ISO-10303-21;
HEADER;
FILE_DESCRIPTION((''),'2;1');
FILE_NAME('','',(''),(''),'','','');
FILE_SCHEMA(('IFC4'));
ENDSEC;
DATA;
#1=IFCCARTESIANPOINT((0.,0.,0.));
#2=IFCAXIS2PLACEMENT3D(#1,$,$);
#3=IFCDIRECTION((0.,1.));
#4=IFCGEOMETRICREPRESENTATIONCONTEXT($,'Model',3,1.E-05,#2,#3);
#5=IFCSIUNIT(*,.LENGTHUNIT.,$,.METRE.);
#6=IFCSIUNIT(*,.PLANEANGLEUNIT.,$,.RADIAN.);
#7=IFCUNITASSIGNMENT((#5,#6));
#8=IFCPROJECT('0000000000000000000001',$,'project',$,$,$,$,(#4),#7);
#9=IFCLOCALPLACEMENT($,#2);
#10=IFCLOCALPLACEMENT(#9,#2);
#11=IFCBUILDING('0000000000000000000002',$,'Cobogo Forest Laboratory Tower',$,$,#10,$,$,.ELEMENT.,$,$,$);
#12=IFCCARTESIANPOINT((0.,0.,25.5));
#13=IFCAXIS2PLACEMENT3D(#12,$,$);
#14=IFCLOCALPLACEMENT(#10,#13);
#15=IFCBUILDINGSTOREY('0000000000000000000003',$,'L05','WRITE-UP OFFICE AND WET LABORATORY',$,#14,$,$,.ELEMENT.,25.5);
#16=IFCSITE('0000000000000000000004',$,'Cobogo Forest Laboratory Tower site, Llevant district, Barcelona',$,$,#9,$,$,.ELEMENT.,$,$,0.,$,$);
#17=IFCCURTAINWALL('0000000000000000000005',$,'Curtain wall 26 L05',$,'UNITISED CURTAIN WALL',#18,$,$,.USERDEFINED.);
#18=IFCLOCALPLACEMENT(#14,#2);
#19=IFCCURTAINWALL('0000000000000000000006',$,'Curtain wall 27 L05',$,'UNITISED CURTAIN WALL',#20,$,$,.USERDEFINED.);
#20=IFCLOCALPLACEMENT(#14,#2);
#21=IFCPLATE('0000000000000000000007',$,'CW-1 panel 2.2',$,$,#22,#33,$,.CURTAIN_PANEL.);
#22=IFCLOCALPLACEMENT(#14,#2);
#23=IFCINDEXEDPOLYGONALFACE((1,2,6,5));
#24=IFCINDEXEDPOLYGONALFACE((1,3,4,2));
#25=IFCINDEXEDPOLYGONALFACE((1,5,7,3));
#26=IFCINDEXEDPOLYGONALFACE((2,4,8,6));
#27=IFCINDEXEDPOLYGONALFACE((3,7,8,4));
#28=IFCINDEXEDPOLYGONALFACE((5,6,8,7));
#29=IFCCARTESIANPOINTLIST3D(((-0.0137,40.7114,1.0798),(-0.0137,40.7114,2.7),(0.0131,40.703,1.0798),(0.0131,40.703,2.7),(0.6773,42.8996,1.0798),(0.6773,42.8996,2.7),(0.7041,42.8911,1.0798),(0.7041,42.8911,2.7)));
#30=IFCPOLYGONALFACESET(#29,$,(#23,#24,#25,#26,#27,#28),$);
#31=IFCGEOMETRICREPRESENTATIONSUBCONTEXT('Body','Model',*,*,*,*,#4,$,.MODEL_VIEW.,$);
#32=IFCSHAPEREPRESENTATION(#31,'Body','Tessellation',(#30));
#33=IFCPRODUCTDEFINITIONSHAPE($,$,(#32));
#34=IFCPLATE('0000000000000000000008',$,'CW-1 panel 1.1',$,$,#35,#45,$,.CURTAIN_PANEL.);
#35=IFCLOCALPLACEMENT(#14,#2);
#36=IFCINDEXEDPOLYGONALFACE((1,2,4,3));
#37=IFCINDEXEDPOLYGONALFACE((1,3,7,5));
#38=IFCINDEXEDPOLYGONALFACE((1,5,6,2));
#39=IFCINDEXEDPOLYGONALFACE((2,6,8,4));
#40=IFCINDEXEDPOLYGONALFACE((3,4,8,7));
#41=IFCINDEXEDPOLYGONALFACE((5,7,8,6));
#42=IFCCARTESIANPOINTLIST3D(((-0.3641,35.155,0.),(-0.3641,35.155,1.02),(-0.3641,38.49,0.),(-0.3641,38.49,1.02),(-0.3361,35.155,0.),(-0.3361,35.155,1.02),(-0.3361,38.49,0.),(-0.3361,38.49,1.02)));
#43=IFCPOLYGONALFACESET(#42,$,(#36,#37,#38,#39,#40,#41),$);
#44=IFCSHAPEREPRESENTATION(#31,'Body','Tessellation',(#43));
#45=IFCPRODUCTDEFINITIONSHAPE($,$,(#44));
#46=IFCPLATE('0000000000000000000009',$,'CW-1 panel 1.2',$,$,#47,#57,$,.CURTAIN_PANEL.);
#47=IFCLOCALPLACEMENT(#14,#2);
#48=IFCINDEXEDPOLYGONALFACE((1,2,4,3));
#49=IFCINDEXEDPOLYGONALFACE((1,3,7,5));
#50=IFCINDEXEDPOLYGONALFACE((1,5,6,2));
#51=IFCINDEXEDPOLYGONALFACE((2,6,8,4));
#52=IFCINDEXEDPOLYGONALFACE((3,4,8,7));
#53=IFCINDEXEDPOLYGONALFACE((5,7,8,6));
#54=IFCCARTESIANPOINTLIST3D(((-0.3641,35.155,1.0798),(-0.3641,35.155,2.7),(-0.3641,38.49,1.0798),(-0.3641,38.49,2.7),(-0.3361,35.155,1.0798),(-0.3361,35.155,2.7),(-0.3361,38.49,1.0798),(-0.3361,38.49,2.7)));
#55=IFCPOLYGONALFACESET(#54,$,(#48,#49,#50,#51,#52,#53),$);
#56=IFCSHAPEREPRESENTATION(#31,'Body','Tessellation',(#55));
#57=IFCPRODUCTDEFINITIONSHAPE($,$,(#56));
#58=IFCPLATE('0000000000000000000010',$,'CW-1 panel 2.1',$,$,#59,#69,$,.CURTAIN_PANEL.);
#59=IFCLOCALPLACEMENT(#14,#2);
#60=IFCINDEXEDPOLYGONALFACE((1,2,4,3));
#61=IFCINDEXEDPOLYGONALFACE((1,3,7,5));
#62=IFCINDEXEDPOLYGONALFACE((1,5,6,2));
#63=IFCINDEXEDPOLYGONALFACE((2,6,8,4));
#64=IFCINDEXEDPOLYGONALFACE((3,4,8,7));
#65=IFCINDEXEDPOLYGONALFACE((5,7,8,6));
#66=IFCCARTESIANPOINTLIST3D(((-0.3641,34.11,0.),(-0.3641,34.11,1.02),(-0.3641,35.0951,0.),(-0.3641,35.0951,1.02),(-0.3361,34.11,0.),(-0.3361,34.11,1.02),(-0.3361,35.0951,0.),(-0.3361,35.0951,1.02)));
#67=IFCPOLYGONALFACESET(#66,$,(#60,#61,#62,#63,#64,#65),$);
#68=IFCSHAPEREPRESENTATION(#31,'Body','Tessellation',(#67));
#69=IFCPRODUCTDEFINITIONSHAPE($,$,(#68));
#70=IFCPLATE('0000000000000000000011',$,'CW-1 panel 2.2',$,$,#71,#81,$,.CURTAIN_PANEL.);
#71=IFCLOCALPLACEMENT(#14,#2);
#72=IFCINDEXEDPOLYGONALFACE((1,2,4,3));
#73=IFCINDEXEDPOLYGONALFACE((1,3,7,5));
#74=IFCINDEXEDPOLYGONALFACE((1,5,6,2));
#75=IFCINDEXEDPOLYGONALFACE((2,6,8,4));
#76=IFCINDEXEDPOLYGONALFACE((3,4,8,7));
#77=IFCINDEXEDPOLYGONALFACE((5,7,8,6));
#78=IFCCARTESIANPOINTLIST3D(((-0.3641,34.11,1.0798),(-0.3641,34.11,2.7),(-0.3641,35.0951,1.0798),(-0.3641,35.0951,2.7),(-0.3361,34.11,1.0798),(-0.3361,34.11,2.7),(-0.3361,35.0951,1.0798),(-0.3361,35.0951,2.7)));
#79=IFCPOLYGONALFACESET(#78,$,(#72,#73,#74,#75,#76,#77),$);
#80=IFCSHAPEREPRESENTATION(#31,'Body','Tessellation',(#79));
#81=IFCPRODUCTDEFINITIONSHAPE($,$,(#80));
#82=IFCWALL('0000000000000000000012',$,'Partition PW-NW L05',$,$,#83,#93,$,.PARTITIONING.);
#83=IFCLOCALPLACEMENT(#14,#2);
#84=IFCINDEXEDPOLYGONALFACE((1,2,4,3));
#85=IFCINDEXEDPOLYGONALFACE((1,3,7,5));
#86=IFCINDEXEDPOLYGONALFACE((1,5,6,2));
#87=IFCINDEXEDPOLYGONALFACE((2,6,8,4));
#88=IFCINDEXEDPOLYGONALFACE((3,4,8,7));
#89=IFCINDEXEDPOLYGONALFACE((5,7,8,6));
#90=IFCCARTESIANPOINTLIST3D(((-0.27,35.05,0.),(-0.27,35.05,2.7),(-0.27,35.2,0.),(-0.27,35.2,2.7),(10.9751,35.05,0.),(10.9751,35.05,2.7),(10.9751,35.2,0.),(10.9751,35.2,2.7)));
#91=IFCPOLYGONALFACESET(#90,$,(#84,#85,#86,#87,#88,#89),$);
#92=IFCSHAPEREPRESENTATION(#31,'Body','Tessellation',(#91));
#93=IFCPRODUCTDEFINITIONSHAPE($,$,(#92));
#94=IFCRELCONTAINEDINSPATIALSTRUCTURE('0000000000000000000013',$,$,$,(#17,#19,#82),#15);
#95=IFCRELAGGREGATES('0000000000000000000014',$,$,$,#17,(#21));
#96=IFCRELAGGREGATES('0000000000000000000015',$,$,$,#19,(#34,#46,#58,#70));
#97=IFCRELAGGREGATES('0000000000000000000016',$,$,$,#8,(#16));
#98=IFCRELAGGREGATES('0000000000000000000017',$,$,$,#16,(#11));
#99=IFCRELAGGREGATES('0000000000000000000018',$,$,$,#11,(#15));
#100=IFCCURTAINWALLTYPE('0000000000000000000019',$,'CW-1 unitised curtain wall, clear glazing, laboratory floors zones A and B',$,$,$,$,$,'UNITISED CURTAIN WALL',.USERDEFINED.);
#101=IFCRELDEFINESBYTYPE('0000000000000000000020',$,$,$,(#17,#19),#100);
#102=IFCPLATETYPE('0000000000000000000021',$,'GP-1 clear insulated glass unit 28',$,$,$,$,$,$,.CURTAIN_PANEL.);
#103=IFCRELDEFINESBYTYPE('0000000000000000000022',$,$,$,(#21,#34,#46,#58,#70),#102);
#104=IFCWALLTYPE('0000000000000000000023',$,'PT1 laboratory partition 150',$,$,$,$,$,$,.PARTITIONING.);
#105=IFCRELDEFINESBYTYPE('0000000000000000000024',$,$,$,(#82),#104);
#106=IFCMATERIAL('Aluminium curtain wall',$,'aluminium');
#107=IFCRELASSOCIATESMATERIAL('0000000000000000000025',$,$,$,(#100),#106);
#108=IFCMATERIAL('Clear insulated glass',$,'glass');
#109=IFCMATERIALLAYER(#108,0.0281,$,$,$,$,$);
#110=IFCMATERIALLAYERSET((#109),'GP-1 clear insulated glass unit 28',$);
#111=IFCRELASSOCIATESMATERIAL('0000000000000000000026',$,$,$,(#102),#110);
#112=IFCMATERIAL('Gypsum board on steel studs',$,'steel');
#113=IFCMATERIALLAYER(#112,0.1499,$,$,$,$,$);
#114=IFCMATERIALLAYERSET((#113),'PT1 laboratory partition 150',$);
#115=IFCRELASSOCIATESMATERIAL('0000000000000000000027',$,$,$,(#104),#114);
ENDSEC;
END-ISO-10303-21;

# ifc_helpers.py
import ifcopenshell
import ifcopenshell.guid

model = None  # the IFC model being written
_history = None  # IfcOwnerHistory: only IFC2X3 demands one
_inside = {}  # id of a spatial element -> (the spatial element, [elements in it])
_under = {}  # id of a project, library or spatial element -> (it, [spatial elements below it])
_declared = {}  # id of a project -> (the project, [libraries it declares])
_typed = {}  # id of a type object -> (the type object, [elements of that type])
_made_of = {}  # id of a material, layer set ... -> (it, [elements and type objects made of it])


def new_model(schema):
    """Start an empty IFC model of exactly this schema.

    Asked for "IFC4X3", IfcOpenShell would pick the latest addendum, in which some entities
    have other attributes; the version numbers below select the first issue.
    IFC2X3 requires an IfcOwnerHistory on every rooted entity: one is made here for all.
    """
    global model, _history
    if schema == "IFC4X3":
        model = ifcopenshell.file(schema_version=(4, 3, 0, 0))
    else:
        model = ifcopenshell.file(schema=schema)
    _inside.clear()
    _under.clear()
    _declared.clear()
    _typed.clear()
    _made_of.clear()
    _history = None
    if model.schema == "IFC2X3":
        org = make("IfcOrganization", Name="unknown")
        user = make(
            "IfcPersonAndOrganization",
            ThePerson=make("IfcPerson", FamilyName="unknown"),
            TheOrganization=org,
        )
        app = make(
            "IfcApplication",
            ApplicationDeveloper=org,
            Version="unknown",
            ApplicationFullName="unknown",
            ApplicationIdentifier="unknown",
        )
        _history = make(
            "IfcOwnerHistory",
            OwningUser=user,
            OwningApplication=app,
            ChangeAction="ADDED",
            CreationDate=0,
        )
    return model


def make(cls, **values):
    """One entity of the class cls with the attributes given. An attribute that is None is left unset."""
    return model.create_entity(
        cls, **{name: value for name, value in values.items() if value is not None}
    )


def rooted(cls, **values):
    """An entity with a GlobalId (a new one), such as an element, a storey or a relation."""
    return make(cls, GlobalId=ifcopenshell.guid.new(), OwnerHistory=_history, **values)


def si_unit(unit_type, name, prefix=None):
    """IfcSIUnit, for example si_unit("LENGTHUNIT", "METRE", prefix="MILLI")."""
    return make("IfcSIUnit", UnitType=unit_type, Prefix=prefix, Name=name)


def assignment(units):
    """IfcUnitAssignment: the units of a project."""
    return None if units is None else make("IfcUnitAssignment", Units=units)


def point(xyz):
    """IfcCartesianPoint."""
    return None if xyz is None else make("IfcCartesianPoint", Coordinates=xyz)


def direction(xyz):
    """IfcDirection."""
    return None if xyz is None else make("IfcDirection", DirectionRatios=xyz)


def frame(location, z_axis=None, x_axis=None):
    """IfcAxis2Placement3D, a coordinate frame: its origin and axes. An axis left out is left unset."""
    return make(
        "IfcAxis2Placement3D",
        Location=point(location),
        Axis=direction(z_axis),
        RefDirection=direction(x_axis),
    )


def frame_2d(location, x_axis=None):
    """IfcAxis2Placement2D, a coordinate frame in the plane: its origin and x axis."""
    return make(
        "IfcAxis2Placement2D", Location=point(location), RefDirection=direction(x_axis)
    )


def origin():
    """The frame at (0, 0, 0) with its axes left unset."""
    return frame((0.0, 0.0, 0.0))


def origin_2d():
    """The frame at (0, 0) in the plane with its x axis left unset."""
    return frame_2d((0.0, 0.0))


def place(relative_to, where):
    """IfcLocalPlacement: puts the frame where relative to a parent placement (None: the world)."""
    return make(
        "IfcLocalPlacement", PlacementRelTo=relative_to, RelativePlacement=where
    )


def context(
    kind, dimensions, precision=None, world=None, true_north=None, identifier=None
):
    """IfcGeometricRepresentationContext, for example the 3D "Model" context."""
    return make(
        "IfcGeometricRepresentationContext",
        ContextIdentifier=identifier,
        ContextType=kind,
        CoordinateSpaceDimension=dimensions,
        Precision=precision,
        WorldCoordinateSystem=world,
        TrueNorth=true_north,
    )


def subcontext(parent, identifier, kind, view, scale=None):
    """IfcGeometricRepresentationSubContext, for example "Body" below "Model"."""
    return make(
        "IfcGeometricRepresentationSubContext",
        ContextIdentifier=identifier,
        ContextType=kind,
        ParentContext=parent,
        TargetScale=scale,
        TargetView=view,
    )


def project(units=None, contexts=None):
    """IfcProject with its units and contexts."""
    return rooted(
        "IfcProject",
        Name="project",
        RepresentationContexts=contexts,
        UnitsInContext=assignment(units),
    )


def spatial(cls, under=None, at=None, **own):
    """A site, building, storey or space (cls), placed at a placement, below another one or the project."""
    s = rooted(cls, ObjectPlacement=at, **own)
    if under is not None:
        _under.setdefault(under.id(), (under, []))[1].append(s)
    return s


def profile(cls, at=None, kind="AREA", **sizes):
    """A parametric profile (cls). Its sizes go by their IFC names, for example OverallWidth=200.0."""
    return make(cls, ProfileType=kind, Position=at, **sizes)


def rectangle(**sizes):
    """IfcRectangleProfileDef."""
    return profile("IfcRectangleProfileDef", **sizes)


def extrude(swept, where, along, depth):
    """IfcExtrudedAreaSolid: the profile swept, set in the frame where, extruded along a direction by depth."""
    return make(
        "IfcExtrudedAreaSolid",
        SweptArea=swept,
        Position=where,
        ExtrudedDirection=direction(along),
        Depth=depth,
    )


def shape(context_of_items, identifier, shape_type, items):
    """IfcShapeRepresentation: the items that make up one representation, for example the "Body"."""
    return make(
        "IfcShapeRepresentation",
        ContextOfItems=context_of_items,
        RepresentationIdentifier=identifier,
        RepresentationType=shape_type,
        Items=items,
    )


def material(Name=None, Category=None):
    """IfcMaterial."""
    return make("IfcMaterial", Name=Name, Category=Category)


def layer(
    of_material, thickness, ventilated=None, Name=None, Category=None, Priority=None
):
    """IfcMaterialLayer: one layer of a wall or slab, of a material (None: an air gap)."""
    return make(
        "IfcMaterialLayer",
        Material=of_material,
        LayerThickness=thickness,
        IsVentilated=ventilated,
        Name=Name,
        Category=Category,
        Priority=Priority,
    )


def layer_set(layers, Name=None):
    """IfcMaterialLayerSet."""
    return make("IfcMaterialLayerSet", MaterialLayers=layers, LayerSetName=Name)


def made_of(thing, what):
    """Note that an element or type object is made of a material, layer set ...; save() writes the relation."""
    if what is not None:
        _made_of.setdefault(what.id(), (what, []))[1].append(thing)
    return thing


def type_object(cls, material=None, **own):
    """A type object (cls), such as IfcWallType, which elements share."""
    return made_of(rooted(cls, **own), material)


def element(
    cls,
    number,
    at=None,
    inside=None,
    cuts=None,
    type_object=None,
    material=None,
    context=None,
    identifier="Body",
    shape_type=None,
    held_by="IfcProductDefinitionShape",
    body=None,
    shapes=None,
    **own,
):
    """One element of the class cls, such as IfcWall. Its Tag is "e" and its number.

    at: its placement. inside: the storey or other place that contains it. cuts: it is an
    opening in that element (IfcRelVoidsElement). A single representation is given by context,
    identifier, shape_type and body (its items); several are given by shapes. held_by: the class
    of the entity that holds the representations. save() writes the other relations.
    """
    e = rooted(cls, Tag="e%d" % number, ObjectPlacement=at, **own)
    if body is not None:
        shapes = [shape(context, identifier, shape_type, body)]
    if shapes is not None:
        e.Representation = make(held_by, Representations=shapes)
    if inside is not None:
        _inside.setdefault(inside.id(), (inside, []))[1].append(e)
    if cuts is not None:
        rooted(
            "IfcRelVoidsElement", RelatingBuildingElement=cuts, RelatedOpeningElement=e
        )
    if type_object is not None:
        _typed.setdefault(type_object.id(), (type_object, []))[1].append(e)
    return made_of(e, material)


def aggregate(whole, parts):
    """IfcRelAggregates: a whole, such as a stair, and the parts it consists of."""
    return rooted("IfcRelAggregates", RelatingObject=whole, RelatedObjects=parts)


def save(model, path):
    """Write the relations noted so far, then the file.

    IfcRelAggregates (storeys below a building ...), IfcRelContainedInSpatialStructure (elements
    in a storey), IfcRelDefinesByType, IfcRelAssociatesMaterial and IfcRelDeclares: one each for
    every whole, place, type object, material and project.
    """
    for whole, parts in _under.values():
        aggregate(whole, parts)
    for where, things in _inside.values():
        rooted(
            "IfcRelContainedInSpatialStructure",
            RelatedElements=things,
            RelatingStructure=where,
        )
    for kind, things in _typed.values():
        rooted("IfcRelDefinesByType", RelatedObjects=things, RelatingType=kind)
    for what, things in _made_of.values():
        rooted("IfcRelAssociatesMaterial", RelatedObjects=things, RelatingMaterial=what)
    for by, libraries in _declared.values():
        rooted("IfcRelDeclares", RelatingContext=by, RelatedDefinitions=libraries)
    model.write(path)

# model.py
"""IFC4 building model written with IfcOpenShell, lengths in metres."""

from ifc_helpers import new_model, si_unit, direction, frame, frame_2d, origin, origin_2d, place, context, subcontext, project, spatial, rectangle, extrude, material, layer, layer_set, type_object, element, aggregate, save


model = new_model("IFC4")

# Units and contexts
model_context = context("Model", 3, precision=1e-05, world=origin(), true_north=direction((0.0, 1.0)))
body_context = subcontext(model_context, "Body", "Model", "MODEL_VIEW")
ifc_project = project(units=[si_unit("LENGTHUNIT", "METRE"), si_unit("PLANEANGLEUNIT", "RADIAN")], contexts=[model_context])

# Site, building, storey
site_placement = place(None, origin())
site = spatial("IfcSite", under=ifc_project, at=site_placement, Name="Cobogo Forest Laboratory Tower site, Llevant district, Barcelona", CompositionType="ELEMENT", RefElevation=0.0)
building_placement = place(site_placement, origin())
building = spatial("IfcBuilding", under=site, at=building_placement, Name="Cobogo Forest Laboratory Tower", CompositionType="ELEMENT")
storey_placement = place(building_placement, frame((0.0, 0.0, 25.5)))
storey = spatial("IfcBuildingStorey", under=building, at=storey_placement, Name="L05", Description="WRITE-UP OFFICE AND WET LABORATORY", CompositionType="ELEMENT", Elevation=25.5)

# Shared definitions
ifc_material_1 = material(Name="Aluminium curtain wall", Category="aluminium")
curtain_wall_type = type_object("IfcCurtainWallType", Name="CW-1 unitised curtain wall, clear glazing, laboratory floors zones A and B", ElementType="UNITISED CURTAIN WALL", PredefinedType="USERDEFINED", material=ifc_material_1)

# Curtain walls
curtain_wall_1_placement = place(storey_placement, origin())
curtain_wall_1 = element("IfcCurtainWall", 1, at=curtain_wall_1_placement, inside=storey, type_object=curtain_wall_type, Name="Curtain wall 26 L05", ObjectType="UNITISED CURTAIN WALL", PredefinedType="USERDEFINED")
curtain_wall_2_placement = place(storey_placement, origin())
curtain_wall_2 = element("IfcCurtainWall", 2, at=curtain_wall_2_placement, inside=storey, type_object=curtain_wall_type, Name="Curtain wall 27 L05", ObjectType="UNITISED CURTAIN WALL", PredefinedType="USERDEFINED")

# Plates
ifc_material_2 = material(Name="Clear insulated glass", Category="glass")
ifc_layer_1 = layer(ifc_material_2, 0.0281)
ifc_layer_set_1 = layer_set([ifc_layer_1], Name="GP-1 clear insulated glass unit 28")
plate_type_1 = type_object("IfcPlateType", Name="GP-1 clear insulated glass unit 28", PredefinedType="CURTAIN_PANEL", material=ifc_layer_set_1)
plate_1_placement = place(storey_placement, frame((0.3452, 41.8013, 1.0798), z_axis=(0.0, 0.0, 1.0), x_axis=(-0.301135, -0.953581, 0.0)))
plate_1 = element("IfcPlate", 3, at=plate_1_placement, type_object=plate_type_1, Name="CW-1 panel 2.2", PredefinedType="CURTAIN_PANEL", context=body_context, shape_type="SweptSolid", body=[
    extrude(rectangle(XDim=2.2947, YDim=0.0281, at=origin_2d()), origin(), (0.0, 0.0, 1.0), 1.6201),
])
aggregate(curtain_wall_1, [plate_1])
plate_2_placement = place(storey_placement, frame((-0.3501, 36.8225, 0.0), z_axis=(0.0, 0.0, 1.0), x_axis=(0.0, -1.0, 0.0)))
plate_2 = element("IfcPlate", 4, at=plate_2_placement, type_object=plate_type_1, Name="CW-1 panel 1.1", PredefinedType="CURTAIN_PANEL", context=body_context, shape_type="SweptSolid", body=[
    extrude(rectangle(XDim=3.335, YDim=0.0281, at=origin_2d()), origin(), (0.0, 0.0, 1.0), 1.02),
])
plate_3_placement = place(storey_placement, frame((-0.3501, 36.8225, 1.0798), z_axis=(0.0, 0.0, 1.0), x_axis=(0.0, -1.0, 0.0)))
plate_3 = element("IfcPlate", 5, at=plate_3_placement, type_object=plate_type_1, Name="CW-1 panel 1.2", PredefinedType="CURTAIN_PANEL", context=body_context, shape_type="SweptSolid", body=[
    extrude(rectangle(XDim=3.335, YDim=0.0281, at=origin_2d()), origin(), (0.0, 0.0, 1.0), 1.6201),
])
plate_4_placement = place(storey_placement, frame((-0.3501, 34.6025, 0.0), z_axis=(0.0, 0.0, 1.0), x_axis=(0.0, -1.0, 0.0)))
plate_4 = element("IfcPlate", 6, at=plate_4_placement, type_object=plate_type_1, Name="CW-1 panel 2.1", PredefinedType="CURTAIN_PANEL", context=body_context, shape_type="SweptSolid", body=[
    extrude(rectangle(XDim=0.9851, YDim=0.0281, at=origin_2d()), origin(), (0.0, 0.0, 1.0), 1.02),
])
plate_5_placement = place(storey_placement, frame((-0.3501, 34.6025, 1.0798), z_axis=(0.0, 0.0, 1.0), x_axis=(0.0, -1.0, 0.0)))
plate_5 = element("IfcPlate", 7, at=plate_5_placement, type_object=plate_type_1, Name="CW-1 panel 2.2", PredefinedType="CURTAIN_PANEL", context=body_context, shape_type="SweptSolid", body=[
    extrude(rectangle(XDim=0.9851, YDim=0.0281, at=origin_2d()), origin(), (0.0, 0.0, 1.0), 1.6201),
])
aggregate(curtain_wall_2, [plate_2, plate_3, plate_4, plate_5])

# Wall
ifc_material_3 = material(Name="Gypsum board on steel studs", Category="steel")
ifc_layer_2 = layer(ifc_material_3, 0.1499)
ifc_layer_set_2 = layer_set([ifc_layer_2], Name="PT1 laboratory partition 150")
wall_type = type_object("IfcWallType", Name="PT1 laboratory partition 150", PredefinedType="PARTITIONING", material=ifc_layer_set_2)
wall_placement = place(storey_placement, frame((-0.27, 35.125, 0.0), z_axis=(0.0, 0.0, 1.0), x_axis=(1.0, 0.0, 0.0)))
element("IfcWall", 8, at=wall_placement, inside=storey, type_object=wall_type, Name="Partition PW-NW L05", PredefinedType="PARTITIONING", context=body_context, shape_type="SweptSolid", body=[
    extrude(rectangle(XDim=11.2451, YDim=0.1499, at=frame_2d((5.6226, 0.0))), origin(), (0.0, 0.0, 1.0), 2.7),
])

save(model, "model.ifc")
